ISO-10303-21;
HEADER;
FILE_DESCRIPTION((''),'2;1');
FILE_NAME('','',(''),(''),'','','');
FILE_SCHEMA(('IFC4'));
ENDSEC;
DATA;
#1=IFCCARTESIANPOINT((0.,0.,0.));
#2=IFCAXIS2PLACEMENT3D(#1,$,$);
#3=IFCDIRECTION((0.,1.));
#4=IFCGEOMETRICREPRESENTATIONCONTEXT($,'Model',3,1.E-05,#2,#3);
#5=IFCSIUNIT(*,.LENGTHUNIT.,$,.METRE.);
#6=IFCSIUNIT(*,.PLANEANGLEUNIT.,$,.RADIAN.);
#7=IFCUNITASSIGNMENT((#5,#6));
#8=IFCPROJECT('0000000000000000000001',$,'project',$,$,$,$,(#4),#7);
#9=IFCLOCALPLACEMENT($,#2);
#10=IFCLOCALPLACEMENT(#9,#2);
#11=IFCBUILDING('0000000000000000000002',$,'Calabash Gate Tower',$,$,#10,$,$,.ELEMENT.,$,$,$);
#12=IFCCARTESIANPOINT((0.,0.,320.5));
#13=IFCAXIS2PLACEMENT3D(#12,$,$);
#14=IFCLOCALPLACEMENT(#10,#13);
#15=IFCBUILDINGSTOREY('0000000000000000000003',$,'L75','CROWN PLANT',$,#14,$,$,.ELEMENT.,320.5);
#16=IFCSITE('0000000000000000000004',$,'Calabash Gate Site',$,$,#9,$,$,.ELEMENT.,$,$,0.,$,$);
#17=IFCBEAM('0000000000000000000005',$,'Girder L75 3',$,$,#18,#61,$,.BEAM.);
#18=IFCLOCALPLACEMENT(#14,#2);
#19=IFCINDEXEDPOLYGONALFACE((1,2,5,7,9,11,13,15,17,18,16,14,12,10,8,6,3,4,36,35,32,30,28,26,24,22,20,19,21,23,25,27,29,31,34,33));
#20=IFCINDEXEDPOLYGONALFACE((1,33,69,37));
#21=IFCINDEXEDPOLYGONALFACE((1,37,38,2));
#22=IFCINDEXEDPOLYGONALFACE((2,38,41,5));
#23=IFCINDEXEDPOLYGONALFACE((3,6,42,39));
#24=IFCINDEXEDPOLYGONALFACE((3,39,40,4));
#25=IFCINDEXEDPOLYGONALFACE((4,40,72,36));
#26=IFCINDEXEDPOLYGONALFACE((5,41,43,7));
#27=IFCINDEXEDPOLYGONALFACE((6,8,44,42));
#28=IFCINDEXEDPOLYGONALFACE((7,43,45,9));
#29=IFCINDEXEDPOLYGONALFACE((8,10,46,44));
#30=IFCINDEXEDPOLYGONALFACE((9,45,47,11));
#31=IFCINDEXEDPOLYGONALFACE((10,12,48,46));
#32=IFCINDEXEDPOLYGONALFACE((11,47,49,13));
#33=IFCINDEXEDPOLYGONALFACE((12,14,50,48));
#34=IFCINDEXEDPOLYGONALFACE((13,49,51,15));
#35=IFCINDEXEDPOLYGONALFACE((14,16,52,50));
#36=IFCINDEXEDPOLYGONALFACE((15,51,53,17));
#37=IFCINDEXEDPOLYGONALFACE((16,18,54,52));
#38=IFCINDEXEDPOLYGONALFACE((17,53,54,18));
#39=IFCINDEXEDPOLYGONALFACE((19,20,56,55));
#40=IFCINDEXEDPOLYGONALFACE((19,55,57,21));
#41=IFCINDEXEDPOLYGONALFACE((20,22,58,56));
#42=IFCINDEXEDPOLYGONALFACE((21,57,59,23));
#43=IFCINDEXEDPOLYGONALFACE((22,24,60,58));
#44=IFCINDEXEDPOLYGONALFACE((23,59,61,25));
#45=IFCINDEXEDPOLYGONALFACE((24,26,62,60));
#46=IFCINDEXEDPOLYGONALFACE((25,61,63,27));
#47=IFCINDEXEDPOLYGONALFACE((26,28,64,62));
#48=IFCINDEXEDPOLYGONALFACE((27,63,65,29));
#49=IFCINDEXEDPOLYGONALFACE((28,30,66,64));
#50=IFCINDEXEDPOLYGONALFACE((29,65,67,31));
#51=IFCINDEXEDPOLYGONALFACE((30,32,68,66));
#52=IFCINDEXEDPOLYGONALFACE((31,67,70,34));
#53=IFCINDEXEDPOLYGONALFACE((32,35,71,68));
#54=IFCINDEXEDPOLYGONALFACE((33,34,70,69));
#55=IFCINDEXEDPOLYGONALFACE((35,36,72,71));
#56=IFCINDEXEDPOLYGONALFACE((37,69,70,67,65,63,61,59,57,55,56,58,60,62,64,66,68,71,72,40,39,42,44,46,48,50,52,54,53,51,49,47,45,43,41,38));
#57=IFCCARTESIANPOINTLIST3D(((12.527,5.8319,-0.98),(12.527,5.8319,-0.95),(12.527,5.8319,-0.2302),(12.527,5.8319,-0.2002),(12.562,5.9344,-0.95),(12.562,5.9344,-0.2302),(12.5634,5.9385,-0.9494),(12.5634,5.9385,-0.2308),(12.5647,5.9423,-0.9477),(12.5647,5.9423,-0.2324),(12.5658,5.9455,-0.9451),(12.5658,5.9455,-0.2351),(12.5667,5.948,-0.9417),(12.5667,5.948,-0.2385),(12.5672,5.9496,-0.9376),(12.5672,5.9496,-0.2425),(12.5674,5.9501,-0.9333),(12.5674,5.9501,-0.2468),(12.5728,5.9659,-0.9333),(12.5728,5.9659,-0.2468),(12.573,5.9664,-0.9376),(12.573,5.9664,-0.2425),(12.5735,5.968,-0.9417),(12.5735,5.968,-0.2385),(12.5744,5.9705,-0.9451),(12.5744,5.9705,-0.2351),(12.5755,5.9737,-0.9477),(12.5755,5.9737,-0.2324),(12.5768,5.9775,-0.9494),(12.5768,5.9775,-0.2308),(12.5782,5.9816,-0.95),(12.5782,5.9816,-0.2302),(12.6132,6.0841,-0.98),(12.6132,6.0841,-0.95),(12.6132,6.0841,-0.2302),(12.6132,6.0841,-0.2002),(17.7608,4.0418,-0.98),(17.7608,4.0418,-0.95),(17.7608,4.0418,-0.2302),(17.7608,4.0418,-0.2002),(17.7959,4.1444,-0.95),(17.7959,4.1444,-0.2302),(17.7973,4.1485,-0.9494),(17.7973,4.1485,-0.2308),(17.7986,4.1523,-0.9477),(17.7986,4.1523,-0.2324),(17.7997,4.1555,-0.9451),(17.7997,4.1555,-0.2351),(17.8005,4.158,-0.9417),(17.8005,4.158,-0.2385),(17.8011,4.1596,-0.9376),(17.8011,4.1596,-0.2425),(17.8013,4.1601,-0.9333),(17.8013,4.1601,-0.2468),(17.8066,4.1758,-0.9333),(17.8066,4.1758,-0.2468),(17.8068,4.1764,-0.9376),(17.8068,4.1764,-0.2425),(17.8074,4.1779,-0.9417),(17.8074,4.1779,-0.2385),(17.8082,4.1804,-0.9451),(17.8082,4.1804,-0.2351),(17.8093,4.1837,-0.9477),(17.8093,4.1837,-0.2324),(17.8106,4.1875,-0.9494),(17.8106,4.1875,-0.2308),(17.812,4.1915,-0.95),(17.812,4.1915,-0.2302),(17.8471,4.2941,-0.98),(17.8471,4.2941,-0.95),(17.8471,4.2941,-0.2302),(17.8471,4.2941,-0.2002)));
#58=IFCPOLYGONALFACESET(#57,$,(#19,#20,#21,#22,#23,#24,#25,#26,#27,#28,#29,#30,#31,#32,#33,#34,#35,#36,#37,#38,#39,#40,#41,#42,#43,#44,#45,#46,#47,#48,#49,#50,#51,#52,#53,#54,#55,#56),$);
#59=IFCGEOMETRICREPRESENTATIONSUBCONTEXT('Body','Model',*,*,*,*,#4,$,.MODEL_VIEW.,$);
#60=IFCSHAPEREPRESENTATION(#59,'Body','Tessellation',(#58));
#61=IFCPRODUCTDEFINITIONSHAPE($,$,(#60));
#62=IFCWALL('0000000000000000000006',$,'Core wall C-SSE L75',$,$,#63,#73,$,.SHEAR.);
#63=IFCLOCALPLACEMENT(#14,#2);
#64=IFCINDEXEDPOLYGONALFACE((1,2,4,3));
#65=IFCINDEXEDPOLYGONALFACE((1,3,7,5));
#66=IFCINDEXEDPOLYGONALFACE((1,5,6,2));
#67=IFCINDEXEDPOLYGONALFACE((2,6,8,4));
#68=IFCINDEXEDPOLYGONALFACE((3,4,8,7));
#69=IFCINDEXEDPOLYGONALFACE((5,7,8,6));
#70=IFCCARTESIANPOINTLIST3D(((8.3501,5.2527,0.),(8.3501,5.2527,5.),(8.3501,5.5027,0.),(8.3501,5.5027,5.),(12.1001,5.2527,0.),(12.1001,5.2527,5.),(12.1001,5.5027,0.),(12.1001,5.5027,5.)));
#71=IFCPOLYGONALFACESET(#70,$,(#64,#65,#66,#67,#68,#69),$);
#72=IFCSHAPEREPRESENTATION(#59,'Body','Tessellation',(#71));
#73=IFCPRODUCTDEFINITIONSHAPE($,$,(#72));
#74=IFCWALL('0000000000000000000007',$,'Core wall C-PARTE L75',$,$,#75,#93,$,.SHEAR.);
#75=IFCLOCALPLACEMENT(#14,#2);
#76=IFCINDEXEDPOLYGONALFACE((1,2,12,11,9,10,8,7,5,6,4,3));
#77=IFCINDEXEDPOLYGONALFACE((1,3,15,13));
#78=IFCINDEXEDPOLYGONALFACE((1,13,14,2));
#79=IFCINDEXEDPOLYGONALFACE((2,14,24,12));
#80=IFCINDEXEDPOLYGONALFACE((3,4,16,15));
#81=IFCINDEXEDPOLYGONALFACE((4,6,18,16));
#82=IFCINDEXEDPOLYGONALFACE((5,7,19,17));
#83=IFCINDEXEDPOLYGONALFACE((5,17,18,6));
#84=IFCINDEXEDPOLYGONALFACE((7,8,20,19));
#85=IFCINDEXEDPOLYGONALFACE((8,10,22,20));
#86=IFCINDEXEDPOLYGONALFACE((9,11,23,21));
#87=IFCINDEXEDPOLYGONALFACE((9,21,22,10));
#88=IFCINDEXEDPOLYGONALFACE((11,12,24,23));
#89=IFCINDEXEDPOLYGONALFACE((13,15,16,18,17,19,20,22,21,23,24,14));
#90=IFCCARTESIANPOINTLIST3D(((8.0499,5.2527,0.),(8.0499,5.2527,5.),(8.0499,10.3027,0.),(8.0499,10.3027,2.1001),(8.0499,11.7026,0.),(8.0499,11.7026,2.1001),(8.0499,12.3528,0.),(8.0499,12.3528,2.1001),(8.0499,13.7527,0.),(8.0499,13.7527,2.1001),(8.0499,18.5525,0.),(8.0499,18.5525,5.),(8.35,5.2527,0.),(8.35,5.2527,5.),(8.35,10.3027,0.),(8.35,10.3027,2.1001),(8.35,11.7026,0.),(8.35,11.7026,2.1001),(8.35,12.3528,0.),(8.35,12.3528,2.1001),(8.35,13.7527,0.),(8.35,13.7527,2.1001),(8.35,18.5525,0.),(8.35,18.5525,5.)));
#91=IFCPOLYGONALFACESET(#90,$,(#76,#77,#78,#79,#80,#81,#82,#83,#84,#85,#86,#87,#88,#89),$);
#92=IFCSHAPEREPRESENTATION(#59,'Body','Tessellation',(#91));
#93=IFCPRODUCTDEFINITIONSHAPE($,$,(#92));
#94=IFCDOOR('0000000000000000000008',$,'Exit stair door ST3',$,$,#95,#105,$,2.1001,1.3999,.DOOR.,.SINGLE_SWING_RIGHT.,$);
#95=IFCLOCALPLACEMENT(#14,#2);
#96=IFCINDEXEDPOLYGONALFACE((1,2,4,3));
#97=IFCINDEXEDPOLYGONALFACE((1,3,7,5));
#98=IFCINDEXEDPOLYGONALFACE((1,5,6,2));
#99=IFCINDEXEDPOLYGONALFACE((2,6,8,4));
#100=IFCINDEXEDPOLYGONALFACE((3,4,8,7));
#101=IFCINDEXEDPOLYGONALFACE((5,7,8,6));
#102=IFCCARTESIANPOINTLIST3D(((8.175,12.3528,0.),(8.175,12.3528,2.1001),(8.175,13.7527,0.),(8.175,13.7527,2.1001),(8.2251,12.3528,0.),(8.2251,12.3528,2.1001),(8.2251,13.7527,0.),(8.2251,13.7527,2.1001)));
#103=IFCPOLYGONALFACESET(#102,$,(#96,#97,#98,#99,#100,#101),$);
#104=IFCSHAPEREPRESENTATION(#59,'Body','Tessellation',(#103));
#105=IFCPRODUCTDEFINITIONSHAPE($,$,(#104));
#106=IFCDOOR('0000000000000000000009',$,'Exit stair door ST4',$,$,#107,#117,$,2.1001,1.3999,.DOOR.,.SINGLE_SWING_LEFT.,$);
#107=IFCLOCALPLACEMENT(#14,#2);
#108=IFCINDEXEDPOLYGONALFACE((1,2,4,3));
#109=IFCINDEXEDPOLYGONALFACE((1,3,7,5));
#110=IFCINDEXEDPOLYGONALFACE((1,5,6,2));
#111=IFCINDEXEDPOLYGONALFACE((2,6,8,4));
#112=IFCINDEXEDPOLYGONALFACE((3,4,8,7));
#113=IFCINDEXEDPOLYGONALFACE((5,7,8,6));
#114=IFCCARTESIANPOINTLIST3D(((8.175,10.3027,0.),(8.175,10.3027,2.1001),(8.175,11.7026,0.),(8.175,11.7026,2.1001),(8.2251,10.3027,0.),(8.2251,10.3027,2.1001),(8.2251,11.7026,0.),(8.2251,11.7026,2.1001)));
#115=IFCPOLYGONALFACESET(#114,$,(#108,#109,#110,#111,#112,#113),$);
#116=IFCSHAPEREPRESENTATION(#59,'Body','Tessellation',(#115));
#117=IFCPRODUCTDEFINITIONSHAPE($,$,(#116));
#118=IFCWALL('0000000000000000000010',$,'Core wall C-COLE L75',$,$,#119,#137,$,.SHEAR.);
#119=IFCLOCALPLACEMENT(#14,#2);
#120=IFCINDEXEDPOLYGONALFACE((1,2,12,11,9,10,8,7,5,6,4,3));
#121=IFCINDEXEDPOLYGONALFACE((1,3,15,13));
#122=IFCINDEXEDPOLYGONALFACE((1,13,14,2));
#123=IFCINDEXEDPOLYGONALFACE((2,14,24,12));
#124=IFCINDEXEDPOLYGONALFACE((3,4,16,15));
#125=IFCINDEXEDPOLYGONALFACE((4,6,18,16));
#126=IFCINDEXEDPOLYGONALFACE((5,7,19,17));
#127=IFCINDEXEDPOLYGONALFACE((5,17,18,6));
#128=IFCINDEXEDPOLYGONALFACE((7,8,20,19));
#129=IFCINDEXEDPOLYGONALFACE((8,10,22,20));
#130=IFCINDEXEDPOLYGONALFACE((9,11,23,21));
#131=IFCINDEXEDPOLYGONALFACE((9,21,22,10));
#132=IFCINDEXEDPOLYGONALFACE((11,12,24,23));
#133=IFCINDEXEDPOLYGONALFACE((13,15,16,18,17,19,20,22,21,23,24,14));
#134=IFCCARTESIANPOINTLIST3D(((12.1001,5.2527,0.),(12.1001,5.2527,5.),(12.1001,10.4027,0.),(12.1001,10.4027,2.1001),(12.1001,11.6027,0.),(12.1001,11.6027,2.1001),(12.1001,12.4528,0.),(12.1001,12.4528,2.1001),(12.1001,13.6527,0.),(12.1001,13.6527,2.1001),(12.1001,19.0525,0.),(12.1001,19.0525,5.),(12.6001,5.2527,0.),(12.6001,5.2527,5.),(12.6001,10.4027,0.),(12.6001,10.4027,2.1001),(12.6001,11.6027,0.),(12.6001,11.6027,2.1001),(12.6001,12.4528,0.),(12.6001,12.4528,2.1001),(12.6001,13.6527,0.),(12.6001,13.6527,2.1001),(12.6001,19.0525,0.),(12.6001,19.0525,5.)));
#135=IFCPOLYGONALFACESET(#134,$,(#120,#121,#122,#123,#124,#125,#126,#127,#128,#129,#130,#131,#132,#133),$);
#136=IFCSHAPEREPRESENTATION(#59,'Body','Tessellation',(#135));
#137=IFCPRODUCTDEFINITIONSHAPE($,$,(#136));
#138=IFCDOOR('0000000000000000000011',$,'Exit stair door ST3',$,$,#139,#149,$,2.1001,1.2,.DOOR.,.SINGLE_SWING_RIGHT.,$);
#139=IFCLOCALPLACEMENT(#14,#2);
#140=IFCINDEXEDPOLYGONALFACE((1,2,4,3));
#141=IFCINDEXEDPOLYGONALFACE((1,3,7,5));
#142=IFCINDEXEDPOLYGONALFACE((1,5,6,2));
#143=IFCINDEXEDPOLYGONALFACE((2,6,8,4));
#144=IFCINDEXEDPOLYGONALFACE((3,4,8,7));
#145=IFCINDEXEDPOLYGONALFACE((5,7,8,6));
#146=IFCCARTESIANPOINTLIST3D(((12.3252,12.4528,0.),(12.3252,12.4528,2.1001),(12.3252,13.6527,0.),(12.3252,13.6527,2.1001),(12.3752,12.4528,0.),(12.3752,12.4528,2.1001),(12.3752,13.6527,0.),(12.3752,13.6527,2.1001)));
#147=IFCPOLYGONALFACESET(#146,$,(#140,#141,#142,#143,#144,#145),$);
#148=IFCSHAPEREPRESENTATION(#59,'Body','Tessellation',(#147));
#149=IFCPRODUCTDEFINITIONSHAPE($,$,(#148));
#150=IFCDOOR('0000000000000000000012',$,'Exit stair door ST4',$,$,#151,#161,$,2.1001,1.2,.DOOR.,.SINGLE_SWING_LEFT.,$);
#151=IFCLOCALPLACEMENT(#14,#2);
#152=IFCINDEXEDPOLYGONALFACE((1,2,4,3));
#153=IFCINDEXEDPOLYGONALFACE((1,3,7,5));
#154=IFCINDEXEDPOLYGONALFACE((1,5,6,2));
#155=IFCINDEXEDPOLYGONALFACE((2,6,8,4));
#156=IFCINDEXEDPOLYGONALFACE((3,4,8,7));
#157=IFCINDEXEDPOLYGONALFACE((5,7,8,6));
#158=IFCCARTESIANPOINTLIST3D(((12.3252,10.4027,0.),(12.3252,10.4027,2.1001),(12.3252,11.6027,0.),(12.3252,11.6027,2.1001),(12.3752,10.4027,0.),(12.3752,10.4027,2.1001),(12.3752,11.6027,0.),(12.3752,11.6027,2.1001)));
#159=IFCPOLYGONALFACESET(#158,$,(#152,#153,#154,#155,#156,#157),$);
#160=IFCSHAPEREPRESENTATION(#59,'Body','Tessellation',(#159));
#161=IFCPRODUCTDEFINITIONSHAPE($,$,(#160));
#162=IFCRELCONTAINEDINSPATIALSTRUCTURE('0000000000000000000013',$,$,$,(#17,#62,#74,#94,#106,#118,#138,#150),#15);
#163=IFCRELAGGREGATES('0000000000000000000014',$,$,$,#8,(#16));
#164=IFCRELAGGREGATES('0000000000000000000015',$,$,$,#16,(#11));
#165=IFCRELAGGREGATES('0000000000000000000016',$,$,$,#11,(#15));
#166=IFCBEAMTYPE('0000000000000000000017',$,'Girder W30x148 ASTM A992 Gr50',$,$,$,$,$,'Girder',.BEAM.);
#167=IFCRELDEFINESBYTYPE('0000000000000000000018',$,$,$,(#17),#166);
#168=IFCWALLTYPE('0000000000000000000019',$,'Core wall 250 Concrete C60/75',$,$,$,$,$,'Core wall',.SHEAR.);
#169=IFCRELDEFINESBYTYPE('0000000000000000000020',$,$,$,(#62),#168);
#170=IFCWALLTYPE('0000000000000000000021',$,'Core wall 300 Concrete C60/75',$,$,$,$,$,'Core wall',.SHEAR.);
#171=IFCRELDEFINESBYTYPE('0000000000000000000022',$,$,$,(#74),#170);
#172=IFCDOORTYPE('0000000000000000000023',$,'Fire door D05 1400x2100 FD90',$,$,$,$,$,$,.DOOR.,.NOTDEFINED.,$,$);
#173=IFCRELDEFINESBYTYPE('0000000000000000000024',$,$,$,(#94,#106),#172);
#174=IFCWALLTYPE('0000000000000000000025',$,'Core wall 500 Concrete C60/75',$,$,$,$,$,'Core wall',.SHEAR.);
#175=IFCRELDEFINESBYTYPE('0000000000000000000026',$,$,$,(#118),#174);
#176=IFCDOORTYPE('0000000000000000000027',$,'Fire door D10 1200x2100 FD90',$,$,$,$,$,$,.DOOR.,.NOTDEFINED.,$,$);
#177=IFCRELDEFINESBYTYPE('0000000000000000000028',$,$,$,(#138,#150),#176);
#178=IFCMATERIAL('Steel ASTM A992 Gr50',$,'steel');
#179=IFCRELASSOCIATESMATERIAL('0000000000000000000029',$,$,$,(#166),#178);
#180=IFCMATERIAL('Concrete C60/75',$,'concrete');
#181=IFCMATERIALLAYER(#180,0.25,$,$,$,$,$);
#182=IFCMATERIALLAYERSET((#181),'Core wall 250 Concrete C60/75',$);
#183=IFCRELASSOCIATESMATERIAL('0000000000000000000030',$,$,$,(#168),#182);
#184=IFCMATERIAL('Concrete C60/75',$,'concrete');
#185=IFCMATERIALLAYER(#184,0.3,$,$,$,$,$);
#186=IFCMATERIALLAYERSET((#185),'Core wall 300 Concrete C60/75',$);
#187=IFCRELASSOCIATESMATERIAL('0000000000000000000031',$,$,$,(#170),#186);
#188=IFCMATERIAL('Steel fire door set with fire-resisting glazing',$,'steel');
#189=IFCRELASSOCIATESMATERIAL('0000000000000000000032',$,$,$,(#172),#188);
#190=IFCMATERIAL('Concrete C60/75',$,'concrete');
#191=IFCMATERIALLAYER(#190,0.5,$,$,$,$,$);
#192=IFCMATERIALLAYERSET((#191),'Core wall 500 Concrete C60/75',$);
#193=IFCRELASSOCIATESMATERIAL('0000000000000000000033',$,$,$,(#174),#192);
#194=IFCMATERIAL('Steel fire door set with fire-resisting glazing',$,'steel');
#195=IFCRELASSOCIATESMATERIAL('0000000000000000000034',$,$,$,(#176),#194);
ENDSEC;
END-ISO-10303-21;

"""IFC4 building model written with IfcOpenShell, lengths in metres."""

from ifc_helpers import new_model, si_unit, direction, frame, frame_2d, origin, origin_2d, place, context, subcontext, project, spatial, rectangle, i_section, extrude, material, layer, layer_set, material_profile, profile_set, type_object, element, fill, save


model = new_model("IFC4")

# Units and contexts
model_context = context("Model", 3, precision=1e-05, world=origin(), true_north=direction((0.0, 1.0)))
body_context = subcontext(model_context, "Body", "Model", "MODEL_VIEW")
ifc_project = project(units=[si_unit("LENGTHUNIT", "METRE"), si_unit("PLANEANGLEUNIT", "RADIAN")], contexts=[model_context])

# Site, building, storey
site_placement = place(None, origin())
site = spatial("IfcSite", under=ifc_project, at=site_placement, Name="Calabash Gate Site", CompositionType="ELEMENT", RefElevation=0.0)
building_placement = place(site_placement, origin())
building = spatial("IfcBuilding", under=site, at=building_placement, Name="Calabash Gate Tower", CompositionType="ELEMENT")
storey_placement = place(building_placement, frame((0.0, 0.0, 320.5)))
storey = spatial("IfcBuildingStorey", under=building, at=storey_placement, Name="L75", Description="CROWN PLANT", CompositionType="ELEMENT", Elevation=320.5)

# Beam
ifc_material_1 = material(Name="Steel ASTM A992 Gr50", Category="steel")
ifc_material_profile_1 = material_profile(ifc_material_1, i_section(OverallWidth=0.2666, OverallDepth=0.7798, WebThickness=0.0166, FlangeThickness=0.03, FilletRadius=0.0166, at=origin_2d()))
ifc_profile_set_1 = profile_set([ifc_material_profile_1], Name="Steel ASTM A992 Gr50")
beam_type_1 = type_object("IfcBeamType", Name="Girder W30x148 ASTM A992 Gr50", ElementType="Girder", PredefinedType="BEAM", material=ifc_profile_set_1)
beam_1_placement = place(storey_placement, frame((17.804, 4.168, -0.5901), z_axis=(-0.946192, 0.323607, 0.0), x_axis=(-0.323607, -0.946192, 0.0)))
element("IfcBeam", 1, at=beam_1_placement, inside=storey, type_object=beam_type_1, Name="Girder L75 3", PredefinedType="BEAM", context=body_context, shape_type="SweptSolid", body=[
    extrude(i_section(OverallWidth=0.2666, OverallDepth=0.7798, WebThickness=0.0166, FlangeThickness=0.03, FilletRadius=0.0166, at=origin_2d()), origin(), (0.0, 0.0, 1.0), 5.5315),
])

# Wall
ifc_material_2 = material(Name="Concrete C60/75", Category="concrete")
ifc_layer_1 = layer(ifc_material_2, 0.25)
ifc_layer_set_1 = layer_set([ifc_layer_1], Name="Core wall 250 Concrete C60/75")
wall_type_1 = type_object("IfcWallType", Name="Core wall 250 Concrete C60/75", ElementType="Core wall", PredefinedType="SHEAR", material=ifc_layer_set_1)
wall_1_placement = place(storey_placement, frame((8.3501, 5.3777, 0.0), z_axis=(0.0, 0.0, 1.0), x_axis=(1.0, 0.0, 0.0)))
element("IfcWall", 2, at=wall_1_placement, inside=storey, type_object=wall_type_1, Name="Core wall C-SSE L75", PredefinedType="SHEAR", context=body_context, shape_type="SweptSolid", body=[
    extrude(rectangle(XDim=3.75, YDim=0.25, at=frame_2d((1.875, 0.0))), origin(), (0.0, 0.0, 1.0), 5.0),
])

# Walls, openings, doors
ifc_material_3 = material(Name="Concrete C60/75", Category="concrete")
ifc_layer_2 = layer(ifc_material_3, 0.3)
ifc_layer_set_2 = layer_set([ifc_layer_2], Name="Core wall 300 Concrete C60/75")
wall_type_2 = type_object("IfcWallType", Name="Core wall 300 Concrete C60/75", ElementType="Core wall", PredefinedType="SHEAR", material=ifc_layer_set_2)
wall_2_placement = place(storey_placement, frame((8.2, 5.2527, 0.0), z_axis=(0.0, 0.0, 1.0), x_axis=(0.0, 1.0, 0.0)))
wall_2 = element("IfcWall", 3, at=wall_2_placement, inside=storey, type_object=wall_type_2, Name="Core wall C-PARTE L75", PredefinedType="SHEAR", context=body_context, shape_type="SweptSolid", body=[
    extrude(rectangle(XDim=13.2998, YDim=0.3, at=frame_2d((6.6499, 0.0))), origin(), (0.0, 0.0, 1.0), 5.0),
])
opening_1_placement = place(wall_2_placement, frame((7.1001, 0.0, 0.0)))
opening_1 = element("IfcOpeningElement", 4, at=opening_1_placement, cuts=wall_2, PredefinedType="OPENING", context=body_context, shape_type="SweptSolid", body=[
    extrude(rectangle(XDim=1.3999, YDim=2.1001, at=frame_2d((0.7, 1.05))), frame((0.0, 0.1599, 0.0), z_axis=(0.0, -1.0, 0.0), x_axis=(1.0, 0.0, 0.0)), (0.0, 0.0, 1.0), 0.3201),
])
opening_2_placement = place(wall_2_placement, frame((5.05, 0.0, 0.0)))
opening_2 = element("IfcOpeningElement", 5, at=opening_2_placement, cuts=wall_2, PredefinedType="OPENING", context=body_context, shape_type="SweptSolid", body=[
    extrude(rectangle(XDim=1.3999, YDim=2.1001, at=frame_2d((0.7, 1.05))), frame((0.0, 0.1599, 0.0), z_axis=(0.0, -1.0, 0.0), x_axis=(1.0, 0.0, 0.0)), (0.0, 0.0, 1.0), 0.3201),
])
ifc_material_4 = material(Name="Steel fire door set with fire-resisting glazing", Category="steel")
door_type_1 = type_object("IfcDoorType", Name="Fire door D05 1400x2100 FD90", OperationType="NOTDEFINED", PredefinedType="DOOR", material=ifc_material_4)
door_1_placement = place(opening_1_placement, origin())
door_1 = element("IfcDoor", 6, at=door_1_placement, inside=storey, type_object=door_type_1, Name="Exit stair door ST3", OperationType="SINGLE_SWING_RIGHT", OverallHeight=2.1001, OverallWidth=1.3999, PredefinedType="DOOR", context=body_context, shape_type="SweptSolid", body=[
    extrude(rectangle(XDim=1.3999, YDim=2.1001, at=frame_2d((0.7, 1.05))), frame((0.0, 0.0249, 0.0), z_axis=(0.0, -1.0, 0.0), x_axis=(1.0, 0.0, 0.0)), (0.0, 0.0, 1.0), 0.05),
])
fill(opening_1, door_1)
door_2_placement = place(opening_2_placement, origin())
door_2 = element("IfcDoor", 7, at=door_2_placement, inside=storey, type_object=door_type_1, Name="Exit stair door ST4", OperationType="SINGLE_SWING_LEFT", OverallHeight=2.1001, OverallWidth=1.3999, PredefinedType="DOOR", context=body_context, shape_type="SweptSolid", body=[
    extrude(rectangle(XDim=1.3999, YDim=2.1001, at=frame_2d((0.7, 1.05))), frame((0.0, 0.0249, 0.0), z_axis=(0.0, -1.0, 0.0), x_axis=(1.0, 0.0, 0.0)), (0.0, 0.0, 1.0), 0.05),
])
fill(opening_2, door_2)
ifc_material_5 = material(Name="Concrete C60/75", Category="concrete")
ifc_layer_3 = layer(ifc_material_5, 0.5)
ifc_layer_set_3 = layer_set([ifc_layer_3], Name="Core wall 500 Concrete C60/75")
wall_type_3 = type_object("IfcWallType", Name="Core wall 500 Concrete C60/75", ElementType="Core wall", PredefinedType="SHEAR", material=ifc_layer_set_3)
wall_3_placement = place(storey_placement, frame((12.3501, 5.2527, 0.0), z_axis=(0.0, 0.0, 1.0), x_axis=(0.0, 1.0, 0.0)))
wall_3 = element("IfcWall", 8, at=wall_3_placement, inside=storey, type_object=wall_type_3, Name="Core wall C-COLE L75", PredefinedType="SHEAR", context=body_context, shape_type="SweptSolid", body=[
    extrude(rectangle(XDim=13.7998, YDim=0.5, at=frame_2d((6.8999, 0.0))), origin(), (0.0, 0.0, 1.0), 5.0),
])
opening_3_placement = place(wall_3_placement, frame((7.2, 0.0, 0.0)))
opening_3 = element("IfcOpeningElement", 9, at=opening_3_placement, cuts=wall_3, PredefinedType="OPENING", context=body_context, shape_type="SweptSolid", body=[
    extrude(rectangle(XDim=1.2, YDim=2.1001, at=frame_2d((0.6001, 1.05))), frame((0.0, 0.26, 0.0), z_axis=(0.0, -1.0, 0.0), x_axis=(1.0, 0.0, 0.0)), (0.0, 0.0, 1.0), 0.52),
])
opening_4_placement = place(wall_3_placement, frame((5.1499, 0.0, 0.0)))
opening_4 = element("IfcOpeningElement", 10, at=opening_4_placement, cuts=wall_3, PredefinedType="OPENING", context=body_context, shape_type="SweptSolid", body=[
    extrude(rectangle(XDim=1.2, YDim=2.1001, at=frame_2d((0.6001, 1.05))), frame((0.0, 0.26, 0.0), z_axis=(0.0, -1.0, 0.0), x_axis=(1.0, 0.0, 0.0)), (0.0, 0.0, 1.0), 0.52),
])
ifc_material_6 = material(Name="Steel fire door set with fire-resisting glazing", Category="steel")
door_type_2 = type_object("IfcDoorType", Name="Fire door D10 1200x2100 FD90", OperationType="NOTDEFINED", PredefinedType="DOOR", material=ifc_material_6)
door_3_placement = place(opening_3_placement, origin())
door_3 = element("IfcDoor", 11, at=door_3_placement, inside=storey, type_object=door_type_2, Name="Exit stair door ST3", OperationType="SINGLE_SWING_RIGHT", OverallHeight=2.1001, OverallWidth=1.2, PredefinedType="DOOR", context=body_context, shape_type="SweptSolid", body=[
    extrude(rectangle(XDim=1.2, YDim=2.1001, at=frame_2d((0.6001, 1.05))), frame((0.0, 0.0249, 0.0), z_axis=(0.0, -1.0, 0.0), x_axis=(1.0, 0.0, 0.0)), (0.0, 0.0, 1.0), 0.05),
])
fill(opening_3, door_3)
door_4_placement = place(opening_4_placement, origin())
door_4 = element("IfcDoor", 12, at=door_4_placement, inside=storey, type_object=door_type_2, Name="Exit stair door ST4", OperationType="SINGLE_SWING_LEFT", OverallHeight=2.1001, OverallWidth=1.2, PredefinedType="DOOR", context=body_context, shape_type="SweptSolid", body=[
    extrude(rectangle(XDim=1.2, YDim=2.1001, at=frame_2d((0.6001, 1.05))), frame((0.0, 0.0249, 0.0), z_axis=(0.0, -1.0, 0.0), x_axis=(1.0, 0.0, 0.0)), (0.0, 0.0, 1.0), 0.05),
])
fill(opening_4, door_4)

save(model, "model.ifc")
